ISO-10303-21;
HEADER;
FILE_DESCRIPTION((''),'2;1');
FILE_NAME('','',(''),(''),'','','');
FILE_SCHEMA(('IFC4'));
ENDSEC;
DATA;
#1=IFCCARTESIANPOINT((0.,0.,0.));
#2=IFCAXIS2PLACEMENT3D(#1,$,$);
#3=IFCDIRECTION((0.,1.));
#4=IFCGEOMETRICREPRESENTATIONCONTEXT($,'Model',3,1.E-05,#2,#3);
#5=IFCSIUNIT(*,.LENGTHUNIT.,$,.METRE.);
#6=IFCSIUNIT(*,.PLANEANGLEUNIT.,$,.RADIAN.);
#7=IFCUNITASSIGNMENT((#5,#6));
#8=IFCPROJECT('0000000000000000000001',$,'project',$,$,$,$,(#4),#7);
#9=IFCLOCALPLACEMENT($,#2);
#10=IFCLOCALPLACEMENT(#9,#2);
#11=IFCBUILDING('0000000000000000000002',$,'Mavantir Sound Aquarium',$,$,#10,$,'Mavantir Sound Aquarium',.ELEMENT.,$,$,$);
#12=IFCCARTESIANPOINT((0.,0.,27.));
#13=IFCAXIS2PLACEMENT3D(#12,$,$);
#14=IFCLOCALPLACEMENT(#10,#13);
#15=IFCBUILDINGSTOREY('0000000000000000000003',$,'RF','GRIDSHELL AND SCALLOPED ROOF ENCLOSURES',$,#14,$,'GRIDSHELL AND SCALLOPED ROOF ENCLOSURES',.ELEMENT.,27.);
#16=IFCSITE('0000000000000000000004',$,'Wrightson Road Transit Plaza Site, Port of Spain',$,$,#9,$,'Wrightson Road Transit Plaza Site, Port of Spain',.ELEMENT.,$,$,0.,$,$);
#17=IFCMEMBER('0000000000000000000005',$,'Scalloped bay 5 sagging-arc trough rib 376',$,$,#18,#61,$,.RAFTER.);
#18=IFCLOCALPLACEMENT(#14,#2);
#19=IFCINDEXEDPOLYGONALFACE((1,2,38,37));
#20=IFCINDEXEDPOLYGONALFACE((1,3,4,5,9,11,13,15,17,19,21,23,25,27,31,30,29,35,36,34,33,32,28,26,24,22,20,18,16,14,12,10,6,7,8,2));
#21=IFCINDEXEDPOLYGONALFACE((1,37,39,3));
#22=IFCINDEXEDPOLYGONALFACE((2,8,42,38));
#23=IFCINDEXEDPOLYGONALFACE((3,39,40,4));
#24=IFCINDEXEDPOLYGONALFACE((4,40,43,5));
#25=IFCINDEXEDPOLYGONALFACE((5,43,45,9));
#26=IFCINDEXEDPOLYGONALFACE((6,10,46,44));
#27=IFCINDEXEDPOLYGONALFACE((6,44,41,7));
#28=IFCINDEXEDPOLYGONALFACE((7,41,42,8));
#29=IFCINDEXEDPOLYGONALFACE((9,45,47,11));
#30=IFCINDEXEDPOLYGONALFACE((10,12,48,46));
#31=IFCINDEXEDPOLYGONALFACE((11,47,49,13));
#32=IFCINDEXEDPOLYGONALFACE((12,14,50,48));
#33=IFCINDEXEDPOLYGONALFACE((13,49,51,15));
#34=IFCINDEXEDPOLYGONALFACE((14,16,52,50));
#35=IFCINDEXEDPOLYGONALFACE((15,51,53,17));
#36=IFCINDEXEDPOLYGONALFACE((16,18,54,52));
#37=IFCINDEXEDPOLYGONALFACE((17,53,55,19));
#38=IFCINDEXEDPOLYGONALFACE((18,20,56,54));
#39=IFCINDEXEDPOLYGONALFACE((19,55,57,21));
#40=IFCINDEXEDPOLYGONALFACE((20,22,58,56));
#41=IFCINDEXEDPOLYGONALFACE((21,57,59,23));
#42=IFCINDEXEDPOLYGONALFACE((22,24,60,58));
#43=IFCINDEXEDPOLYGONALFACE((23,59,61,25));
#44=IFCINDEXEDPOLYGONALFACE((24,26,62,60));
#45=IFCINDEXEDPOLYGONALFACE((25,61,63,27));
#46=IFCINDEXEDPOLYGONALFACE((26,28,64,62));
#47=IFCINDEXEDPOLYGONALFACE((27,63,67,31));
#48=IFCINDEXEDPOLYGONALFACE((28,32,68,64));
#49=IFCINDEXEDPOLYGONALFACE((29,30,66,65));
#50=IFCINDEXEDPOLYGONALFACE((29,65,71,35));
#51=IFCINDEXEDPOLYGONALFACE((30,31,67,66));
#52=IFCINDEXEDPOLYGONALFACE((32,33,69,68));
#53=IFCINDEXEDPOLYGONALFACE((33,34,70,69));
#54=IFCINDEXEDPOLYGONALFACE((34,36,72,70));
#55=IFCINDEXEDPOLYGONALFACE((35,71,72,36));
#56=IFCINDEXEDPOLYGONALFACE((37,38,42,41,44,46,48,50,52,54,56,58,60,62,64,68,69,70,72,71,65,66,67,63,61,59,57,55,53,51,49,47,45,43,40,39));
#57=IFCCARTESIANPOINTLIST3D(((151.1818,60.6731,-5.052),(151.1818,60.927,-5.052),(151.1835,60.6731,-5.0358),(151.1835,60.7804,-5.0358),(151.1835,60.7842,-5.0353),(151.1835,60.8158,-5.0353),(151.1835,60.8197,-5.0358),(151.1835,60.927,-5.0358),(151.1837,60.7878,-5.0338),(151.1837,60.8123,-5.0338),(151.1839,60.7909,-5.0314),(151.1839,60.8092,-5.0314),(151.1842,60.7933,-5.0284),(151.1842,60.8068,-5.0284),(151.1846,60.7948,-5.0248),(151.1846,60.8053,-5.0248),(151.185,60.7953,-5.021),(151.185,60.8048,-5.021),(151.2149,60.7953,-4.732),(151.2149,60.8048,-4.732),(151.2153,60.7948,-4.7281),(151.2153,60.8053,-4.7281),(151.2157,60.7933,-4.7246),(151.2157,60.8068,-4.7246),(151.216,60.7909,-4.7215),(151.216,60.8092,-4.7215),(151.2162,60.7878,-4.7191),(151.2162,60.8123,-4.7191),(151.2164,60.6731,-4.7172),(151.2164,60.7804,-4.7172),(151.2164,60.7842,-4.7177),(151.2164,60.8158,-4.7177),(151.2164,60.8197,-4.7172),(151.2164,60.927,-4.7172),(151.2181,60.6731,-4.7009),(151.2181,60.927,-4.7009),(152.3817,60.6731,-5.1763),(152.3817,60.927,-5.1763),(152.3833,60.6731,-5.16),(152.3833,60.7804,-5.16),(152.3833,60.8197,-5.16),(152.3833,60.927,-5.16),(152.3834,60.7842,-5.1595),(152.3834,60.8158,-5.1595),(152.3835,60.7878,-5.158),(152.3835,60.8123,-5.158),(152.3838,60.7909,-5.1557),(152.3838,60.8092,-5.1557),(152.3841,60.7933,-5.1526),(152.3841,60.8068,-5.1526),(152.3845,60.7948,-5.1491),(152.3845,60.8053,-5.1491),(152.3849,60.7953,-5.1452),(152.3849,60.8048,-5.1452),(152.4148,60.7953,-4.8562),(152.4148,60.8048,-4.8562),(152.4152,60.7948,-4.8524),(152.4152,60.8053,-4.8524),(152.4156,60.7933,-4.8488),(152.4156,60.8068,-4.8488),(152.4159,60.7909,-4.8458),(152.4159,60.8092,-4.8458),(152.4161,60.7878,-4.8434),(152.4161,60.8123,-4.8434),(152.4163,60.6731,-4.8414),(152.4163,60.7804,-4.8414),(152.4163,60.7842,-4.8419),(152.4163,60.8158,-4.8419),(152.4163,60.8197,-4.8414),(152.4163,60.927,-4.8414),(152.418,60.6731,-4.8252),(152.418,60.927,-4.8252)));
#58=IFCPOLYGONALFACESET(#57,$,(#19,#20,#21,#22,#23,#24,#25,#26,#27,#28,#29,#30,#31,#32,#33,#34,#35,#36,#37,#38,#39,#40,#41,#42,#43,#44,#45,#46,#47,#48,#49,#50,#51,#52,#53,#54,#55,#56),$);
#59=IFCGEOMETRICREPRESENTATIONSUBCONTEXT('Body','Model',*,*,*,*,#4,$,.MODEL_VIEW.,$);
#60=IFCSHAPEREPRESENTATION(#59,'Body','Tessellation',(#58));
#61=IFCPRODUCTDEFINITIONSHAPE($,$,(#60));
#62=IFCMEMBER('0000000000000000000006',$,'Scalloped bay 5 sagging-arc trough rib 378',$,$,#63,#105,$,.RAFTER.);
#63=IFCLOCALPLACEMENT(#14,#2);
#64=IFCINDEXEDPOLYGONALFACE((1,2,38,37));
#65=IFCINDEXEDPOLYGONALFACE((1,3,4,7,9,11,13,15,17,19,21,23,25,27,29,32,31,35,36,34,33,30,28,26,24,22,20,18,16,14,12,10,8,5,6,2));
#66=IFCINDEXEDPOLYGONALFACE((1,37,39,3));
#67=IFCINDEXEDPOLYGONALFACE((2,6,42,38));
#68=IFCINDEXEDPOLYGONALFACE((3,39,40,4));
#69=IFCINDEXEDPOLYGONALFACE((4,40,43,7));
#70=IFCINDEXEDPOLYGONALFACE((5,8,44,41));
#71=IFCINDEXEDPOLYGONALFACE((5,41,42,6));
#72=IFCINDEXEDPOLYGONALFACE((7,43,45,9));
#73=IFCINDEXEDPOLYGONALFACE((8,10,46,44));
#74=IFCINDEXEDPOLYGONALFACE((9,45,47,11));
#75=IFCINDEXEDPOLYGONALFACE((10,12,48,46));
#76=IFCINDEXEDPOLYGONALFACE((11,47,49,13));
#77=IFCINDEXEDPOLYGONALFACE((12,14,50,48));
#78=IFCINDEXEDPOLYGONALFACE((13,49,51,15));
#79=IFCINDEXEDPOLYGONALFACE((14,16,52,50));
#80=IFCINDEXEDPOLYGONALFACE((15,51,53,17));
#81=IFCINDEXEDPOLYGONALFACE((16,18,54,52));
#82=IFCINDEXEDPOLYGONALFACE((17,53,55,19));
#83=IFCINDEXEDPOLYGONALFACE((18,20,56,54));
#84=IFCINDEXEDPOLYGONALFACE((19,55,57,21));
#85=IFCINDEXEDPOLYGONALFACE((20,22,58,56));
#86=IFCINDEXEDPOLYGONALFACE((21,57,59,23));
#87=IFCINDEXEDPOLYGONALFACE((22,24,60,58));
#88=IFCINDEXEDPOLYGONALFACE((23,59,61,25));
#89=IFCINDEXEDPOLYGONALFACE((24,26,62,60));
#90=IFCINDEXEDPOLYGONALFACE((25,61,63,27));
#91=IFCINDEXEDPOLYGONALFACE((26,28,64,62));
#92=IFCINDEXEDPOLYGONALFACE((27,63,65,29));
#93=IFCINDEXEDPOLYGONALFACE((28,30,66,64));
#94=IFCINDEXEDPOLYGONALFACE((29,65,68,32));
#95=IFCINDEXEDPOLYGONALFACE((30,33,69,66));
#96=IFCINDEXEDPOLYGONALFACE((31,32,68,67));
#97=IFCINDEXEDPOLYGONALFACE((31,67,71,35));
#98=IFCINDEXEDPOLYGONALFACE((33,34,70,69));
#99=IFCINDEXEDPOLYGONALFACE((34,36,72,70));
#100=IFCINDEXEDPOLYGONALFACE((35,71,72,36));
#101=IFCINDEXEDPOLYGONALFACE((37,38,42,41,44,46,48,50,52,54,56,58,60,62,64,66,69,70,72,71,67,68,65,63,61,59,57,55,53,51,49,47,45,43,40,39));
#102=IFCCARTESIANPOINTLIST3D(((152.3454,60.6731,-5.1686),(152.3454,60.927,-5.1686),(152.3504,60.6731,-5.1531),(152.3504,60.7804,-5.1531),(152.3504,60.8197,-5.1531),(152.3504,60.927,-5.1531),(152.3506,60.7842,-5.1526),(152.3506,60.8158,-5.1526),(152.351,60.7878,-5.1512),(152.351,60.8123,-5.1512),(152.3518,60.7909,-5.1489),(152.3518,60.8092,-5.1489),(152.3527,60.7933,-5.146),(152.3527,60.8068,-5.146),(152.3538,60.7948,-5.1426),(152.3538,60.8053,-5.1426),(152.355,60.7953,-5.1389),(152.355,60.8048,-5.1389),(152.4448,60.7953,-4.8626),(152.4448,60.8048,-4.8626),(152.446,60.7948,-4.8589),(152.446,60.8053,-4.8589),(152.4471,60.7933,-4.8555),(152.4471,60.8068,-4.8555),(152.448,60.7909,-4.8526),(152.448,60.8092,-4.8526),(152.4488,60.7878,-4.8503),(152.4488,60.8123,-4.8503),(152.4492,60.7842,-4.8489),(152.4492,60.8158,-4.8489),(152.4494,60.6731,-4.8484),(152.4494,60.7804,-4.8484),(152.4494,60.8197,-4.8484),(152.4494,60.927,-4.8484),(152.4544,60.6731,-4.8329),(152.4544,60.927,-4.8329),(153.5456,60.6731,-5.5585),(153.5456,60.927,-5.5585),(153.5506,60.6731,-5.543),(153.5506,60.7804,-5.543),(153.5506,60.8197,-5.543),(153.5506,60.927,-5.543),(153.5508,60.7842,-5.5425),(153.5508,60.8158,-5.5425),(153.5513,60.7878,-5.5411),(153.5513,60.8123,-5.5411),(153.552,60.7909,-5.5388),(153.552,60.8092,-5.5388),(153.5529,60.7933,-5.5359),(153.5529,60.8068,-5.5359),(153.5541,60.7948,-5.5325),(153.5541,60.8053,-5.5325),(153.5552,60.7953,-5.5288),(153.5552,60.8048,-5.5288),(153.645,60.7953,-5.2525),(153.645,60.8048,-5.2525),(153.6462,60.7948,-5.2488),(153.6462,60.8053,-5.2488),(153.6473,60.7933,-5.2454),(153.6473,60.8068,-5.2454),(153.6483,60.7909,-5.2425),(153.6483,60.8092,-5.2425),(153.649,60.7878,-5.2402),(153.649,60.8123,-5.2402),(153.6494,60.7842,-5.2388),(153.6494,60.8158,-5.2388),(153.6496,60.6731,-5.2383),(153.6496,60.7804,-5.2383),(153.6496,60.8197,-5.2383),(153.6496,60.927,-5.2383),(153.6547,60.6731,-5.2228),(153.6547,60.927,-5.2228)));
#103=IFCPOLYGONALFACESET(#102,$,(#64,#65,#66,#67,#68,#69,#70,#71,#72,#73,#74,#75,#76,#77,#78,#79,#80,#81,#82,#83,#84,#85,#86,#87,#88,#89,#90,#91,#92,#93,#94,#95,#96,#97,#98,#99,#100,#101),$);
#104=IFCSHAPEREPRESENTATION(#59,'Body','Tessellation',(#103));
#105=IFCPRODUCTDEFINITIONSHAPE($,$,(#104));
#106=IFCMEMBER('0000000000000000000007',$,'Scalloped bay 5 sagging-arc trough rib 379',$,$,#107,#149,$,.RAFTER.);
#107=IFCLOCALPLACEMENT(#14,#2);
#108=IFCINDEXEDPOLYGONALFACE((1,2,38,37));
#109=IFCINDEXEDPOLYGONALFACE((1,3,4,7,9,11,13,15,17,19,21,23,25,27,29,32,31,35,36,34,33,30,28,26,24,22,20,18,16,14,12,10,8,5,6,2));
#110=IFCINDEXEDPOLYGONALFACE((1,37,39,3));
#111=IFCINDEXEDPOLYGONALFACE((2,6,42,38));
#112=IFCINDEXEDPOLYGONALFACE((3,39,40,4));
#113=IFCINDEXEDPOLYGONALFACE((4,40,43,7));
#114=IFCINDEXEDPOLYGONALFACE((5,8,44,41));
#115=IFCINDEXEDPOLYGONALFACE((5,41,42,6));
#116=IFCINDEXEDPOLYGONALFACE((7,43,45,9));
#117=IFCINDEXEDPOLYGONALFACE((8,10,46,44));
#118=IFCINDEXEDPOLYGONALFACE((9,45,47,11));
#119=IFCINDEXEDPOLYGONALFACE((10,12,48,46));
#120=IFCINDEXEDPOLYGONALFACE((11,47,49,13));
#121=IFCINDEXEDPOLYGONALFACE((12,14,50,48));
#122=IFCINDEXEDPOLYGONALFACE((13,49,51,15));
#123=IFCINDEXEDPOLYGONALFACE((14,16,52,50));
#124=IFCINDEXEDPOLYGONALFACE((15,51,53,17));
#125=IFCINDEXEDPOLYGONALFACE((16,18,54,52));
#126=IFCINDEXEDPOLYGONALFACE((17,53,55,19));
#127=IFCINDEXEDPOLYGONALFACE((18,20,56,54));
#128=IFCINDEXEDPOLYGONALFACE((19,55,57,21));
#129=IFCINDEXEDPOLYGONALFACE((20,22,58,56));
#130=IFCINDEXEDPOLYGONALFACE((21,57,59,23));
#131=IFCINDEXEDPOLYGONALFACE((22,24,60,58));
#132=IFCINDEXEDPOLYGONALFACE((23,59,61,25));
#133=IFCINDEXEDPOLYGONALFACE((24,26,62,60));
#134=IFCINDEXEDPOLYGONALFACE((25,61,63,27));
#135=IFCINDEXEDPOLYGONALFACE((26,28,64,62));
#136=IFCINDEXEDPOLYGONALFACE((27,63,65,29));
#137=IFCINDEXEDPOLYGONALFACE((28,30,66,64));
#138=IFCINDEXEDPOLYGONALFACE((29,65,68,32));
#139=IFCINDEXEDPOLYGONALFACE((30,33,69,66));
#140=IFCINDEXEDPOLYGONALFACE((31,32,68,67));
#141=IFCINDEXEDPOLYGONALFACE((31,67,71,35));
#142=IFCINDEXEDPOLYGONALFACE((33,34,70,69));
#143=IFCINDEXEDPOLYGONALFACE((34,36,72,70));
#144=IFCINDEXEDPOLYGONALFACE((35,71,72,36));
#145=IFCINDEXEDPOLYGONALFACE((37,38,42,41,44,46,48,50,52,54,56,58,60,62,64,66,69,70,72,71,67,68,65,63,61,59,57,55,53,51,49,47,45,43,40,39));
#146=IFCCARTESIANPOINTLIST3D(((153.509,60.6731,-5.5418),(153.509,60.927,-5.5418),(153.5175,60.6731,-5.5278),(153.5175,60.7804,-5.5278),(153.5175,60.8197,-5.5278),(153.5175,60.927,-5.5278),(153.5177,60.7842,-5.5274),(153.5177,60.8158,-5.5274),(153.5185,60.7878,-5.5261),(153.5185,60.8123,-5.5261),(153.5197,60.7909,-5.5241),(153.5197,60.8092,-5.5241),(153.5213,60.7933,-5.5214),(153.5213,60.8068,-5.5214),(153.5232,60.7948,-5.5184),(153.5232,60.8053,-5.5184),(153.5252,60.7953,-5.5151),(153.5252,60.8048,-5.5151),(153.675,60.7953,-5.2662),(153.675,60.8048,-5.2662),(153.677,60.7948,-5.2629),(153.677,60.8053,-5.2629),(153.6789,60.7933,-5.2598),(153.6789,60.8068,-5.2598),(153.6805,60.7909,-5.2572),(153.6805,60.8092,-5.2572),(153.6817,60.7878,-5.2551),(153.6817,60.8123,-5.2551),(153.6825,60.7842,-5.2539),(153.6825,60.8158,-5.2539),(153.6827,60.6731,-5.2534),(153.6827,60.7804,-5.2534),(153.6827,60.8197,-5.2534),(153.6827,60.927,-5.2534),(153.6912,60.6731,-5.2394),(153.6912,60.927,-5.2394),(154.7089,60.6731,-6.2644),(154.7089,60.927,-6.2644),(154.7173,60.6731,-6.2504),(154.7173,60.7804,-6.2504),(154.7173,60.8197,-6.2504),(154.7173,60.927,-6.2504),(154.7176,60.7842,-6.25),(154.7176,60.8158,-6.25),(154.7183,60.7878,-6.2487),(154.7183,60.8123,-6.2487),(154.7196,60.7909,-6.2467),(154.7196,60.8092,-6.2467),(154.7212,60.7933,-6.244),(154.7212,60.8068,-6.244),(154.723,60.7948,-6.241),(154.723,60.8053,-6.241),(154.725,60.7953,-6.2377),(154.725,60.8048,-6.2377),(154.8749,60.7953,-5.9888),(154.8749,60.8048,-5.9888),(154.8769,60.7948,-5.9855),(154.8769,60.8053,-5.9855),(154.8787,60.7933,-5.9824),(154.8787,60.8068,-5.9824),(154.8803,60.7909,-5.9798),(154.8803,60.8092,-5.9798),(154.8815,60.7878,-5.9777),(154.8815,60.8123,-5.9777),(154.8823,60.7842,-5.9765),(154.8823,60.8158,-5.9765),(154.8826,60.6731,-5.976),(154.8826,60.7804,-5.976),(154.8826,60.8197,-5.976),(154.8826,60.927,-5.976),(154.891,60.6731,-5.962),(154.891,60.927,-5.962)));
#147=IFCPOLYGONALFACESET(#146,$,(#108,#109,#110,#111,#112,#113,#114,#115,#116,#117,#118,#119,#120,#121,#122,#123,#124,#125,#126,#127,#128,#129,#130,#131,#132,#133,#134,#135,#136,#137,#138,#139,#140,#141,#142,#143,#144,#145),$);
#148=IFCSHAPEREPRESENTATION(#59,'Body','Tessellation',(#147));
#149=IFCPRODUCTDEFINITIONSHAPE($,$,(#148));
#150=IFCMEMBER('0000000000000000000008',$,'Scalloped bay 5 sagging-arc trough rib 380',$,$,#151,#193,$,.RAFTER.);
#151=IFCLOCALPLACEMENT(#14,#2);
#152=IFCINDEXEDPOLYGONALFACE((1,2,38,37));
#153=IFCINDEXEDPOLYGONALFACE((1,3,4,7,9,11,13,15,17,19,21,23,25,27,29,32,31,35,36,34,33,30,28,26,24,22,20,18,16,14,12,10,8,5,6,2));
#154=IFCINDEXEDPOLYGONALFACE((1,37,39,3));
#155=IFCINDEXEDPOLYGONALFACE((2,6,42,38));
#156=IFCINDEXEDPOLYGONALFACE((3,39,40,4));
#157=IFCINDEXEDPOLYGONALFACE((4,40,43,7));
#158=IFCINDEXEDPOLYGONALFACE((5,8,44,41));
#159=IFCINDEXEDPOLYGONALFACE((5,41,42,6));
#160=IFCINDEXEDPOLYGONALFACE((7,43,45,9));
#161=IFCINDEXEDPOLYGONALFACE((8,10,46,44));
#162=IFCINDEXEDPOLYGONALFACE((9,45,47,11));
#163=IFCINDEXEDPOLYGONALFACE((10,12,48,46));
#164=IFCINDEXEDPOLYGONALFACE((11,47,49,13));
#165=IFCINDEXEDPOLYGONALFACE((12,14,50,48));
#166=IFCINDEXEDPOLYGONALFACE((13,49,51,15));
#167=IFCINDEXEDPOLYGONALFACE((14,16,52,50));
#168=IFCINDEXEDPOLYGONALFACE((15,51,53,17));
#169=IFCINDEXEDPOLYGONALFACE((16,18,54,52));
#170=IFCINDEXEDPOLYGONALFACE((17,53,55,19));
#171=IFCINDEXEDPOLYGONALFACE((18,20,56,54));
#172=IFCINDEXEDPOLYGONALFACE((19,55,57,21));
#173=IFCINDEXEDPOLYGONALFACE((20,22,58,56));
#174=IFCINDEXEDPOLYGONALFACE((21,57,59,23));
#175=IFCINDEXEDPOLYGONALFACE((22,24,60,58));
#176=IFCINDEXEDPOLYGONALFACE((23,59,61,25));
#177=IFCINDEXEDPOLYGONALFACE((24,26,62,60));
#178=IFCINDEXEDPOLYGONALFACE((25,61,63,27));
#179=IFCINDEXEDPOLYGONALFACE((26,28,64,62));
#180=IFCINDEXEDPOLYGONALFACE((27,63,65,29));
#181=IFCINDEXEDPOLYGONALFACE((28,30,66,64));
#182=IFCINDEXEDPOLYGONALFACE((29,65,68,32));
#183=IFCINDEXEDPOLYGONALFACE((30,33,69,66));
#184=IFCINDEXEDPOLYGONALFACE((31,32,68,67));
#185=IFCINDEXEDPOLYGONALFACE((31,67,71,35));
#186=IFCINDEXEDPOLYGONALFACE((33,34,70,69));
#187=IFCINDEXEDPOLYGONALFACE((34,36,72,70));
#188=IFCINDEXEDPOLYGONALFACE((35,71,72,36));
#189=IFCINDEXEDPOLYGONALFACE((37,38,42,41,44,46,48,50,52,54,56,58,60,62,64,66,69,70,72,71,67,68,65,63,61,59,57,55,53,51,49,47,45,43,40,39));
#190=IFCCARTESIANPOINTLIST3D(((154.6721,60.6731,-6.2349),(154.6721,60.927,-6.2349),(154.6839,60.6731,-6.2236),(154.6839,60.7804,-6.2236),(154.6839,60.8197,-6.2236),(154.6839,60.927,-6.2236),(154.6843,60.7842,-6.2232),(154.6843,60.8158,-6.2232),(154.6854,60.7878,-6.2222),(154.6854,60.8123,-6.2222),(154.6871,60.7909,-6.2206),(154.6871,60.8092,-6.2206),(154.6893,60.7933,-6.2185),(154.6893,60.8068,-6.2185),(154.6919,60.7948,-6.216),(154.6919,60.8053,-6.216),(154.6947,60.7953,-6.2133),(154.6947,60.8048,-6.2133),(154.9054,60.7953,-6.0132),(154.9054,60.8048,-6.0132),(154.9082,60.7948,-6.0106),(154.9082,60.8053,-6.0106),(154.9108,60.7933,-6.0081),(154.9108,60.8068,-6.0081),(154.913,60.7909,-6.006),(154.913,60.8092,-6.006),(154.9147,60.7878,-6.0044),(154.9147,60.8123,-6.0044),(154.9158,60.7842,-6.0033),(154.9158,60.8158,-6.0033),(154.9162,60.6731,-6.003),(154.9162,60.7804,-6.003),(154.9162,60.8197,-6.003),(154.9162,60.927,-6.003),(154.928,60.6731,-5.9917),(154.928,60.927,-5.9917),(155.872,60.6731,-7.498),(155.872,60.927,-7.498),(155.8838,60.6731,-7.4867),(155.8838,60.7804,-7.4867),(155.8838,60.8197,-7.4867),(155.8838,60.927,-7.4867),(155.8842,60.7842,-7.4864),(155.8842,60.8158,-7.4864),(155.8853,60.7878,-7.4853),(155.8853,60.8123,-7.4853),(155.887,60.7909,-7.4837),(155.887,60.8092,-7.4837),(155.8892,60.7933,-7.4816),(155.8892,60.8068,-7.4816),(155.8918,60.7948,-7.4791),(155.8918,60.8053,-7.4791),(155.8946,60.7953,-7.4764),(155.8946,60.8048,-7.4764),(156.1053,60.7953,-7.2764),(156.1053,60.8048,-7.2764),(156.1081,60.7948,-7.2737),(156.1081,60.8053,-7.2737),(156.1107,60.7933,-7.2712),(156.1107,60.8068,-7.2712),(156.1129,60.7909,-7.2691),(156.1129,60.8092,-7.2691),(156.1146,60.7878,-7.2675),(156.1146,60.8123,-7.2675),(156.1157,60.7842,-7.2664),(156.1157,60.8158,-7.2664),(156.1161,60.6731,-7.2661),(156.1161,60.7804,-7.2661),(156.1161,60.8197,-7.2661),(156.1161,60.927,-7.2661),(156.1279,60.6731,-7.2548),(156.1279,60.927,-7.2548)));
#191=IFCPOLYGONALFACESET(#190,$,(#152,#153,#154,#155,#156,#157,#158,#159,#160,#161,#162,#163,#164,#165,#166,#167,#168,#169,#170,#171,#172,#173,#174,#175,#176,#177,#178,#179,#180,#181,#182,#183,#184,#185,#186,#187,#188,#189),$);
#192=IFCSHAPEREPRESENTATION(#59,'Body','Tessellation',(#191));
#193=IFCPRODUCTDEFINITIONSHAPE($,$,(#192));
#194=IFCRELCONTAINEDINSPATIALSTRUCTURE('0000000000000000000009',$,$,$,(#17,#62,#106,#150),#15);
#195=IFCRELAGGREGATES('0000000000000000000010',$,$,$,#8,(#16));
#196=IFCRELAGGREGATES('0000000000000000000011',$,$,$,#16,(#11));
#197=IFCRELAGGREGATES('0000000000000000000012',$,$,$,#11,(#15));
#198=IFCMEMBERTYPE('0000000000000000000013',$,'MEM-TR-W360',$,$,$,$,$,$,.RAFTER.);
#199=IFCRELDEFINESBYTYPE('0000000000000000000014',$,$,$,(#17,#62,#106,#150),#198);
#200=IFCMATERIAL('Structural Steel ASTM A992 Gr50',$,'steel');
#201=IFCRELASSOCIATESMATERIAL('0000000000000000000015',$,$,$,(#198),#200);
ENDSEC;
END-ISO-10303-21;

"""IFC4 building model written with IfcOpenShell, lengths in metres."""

from ifc_helpers import new_model, si_unit, direction, frame, origin, origin_2d, place, context, subcontext, project, spatial, i_section, extrude, material, material_profile, profile_set, type_object, element, save


model = new_model("IFC4")

# Units and contexts
model_context = context("Model", 3, precision=1e-05, world=origin(), true_north=direction((0.0, 1.0)))
body_context = subcontext(model_context, "Body", "Model", "MODEL_VIEW")
ifc_project = project(units=[si_unit("LENGTHUNIT", "METRE"), si_unit("PLANEANGLEUNIT", "RADIAN")], contexts=[model_context])

# Site, building, storey
site_placement = place(None, origin())
site = spatial("IfcSite", under=ifc_project, at=site_placement, Name="Wrightson Road Transit Plaza Site, Port of Spain", LongName="Wrightson Road Transit Plaza Site, Port of Spain", CompositionType="ELEMENT", RefElevation=0.0)
building_placement = place(site_placement, origin())
building = spatial("IfcBuilding", under=site, at=building_placement, Name="Mavantir Sound Aquarium", LongName="Mavantir Sound Aquarium", CompositionType="ELEMENT")
storey_placement = place(building_placement, frame((0.0, 0.0, 27.0)))
storey = spatial("IfcBuildingStorey", under=building, at=storey_placement, Name="RF", Description="GRIDSHELL AND SCALLOPED ROOF ENCLOSURES", LongName="GRIDSHELL AND SCALLOPED ROOF ENCLOSURES", CompositionType="ELEMENT", Elevation=27.0)

# Shared definitions
ifc_material_1 = material(Name="Structural Steel ASTM A992 Gr50", Category="steel")

# Members
ifc_material_profile_1 = material_profile(ifc_material_1, i_section(OverallWidth=0.2539, OverallDepth=0.353, WebThickness=0.0095, FlangeThickness=0.0164, FilletRadius=0.0149, at=origin_2d()), Name="W360X91")
ifc_profile_set_1 = profile_set([ifc_material_profile_1], Name="Structural Steel ASTM A992 Gr50")
member_type_1 = type_object("IfcMemberType", Name="MEM-TR-W360", PredefinedType="RAFTER", material=ifc_profile_set_1)
member_1_placement = place(storey_placement, frame((151.2, 60.8, -4.8765), z_axis=(0.99468, 0.0, -0.10301), x_axis=(0.0, 1.0, 0.0)))
element("IfcMember", 1, at=member_1_placement, inside=storey, type_object=member_type_1, Name="Scalloped bay 5 sagging-arc trough rib 376", PredefinedType="RAFTER", context=body_context, shape_type="SweptSolid", body=[
    extrude(i_section(OverallWidth=0.2539, OverallDepth=0.353, WebThickness=0.0095, FlangeThickness=0.0164, FilletRadius=0.0149, at=origin_2d()), origin(), (0.0, 0.0, 1.0), 1.2063),
])
member_2_placement = place(storey_placement, frame((152.3999, 60.8, -5.0007), z_axis=(0.951074, 0.0, -0.308964), x_axis=(0.0, 1.0, 0.0)))
element("IfcMember", 2, at=member_2_placement, inside=storey, type_object=member_type_1, Name="Scalloped bay 5 sagging-arc trough rib 378", PredefinedType="RAFTER", context=body_context, shape_type="SweptSolid", body=[
    extrude(i_section(OverallWidth=0.2539, OverallDepth=0.353, WebThickness=0.0095, FlangeThickness=0.0164, FilletRadius=0.0149, at=origin_2d()), origin(), (0.0, 0.0, 1.0), 1.262),
])
member_3_placement = place(storey_placement, frame((153.6001, 60.8, -5.3906), z_axis=(0.856646, 0.0, -0.515905), x_axis=(0.0, 1.0, 0.0)))
element("IfcMember", 3, at=member_3_placement, inside=storey, type_object=member_type_1, Name="Scalloped bay 5 sagging-arc trough rib 379", PredefinedType="RAFTER", context=body_context, shape_type="SweptSolid", body=[
    extrude(i_section(OverallWidth=0.2539, OverallDepth=0.353, WebThickness=0.0095, FlangeThickness=0.0164, FilletRadius=0.0149, at=origin_2d()), origin(), (0.0, 0.0, 1.0), 1.4006),
])
member_4_placement = place(storey_placement, frame((154.8, 60.8, -6.1133), z_axis=(0.688727, 0.0, -0.72502), x_axis=(0.0, 1.0, 0.0)))
element("IfcMember", 4, at=member_4_placement, inside=storey, type_object=member_type_1, Name="Scalloped bay 5 sagging-arc trough rib 380", PredefinedType="RAFTER", context=body_context, shape_type="SweptSolid", body=[
    extrude(i_section(OverallWidth=0.2539, OverallDepth=0.353, WebThickness=0.0095, FlangeThickness=0.0164, FilletRadius=0.0149, at=origin_2d()), origin(), (0.0, 0.0, 1.0), 1.7422),
])

save(model, "model.ifc")
